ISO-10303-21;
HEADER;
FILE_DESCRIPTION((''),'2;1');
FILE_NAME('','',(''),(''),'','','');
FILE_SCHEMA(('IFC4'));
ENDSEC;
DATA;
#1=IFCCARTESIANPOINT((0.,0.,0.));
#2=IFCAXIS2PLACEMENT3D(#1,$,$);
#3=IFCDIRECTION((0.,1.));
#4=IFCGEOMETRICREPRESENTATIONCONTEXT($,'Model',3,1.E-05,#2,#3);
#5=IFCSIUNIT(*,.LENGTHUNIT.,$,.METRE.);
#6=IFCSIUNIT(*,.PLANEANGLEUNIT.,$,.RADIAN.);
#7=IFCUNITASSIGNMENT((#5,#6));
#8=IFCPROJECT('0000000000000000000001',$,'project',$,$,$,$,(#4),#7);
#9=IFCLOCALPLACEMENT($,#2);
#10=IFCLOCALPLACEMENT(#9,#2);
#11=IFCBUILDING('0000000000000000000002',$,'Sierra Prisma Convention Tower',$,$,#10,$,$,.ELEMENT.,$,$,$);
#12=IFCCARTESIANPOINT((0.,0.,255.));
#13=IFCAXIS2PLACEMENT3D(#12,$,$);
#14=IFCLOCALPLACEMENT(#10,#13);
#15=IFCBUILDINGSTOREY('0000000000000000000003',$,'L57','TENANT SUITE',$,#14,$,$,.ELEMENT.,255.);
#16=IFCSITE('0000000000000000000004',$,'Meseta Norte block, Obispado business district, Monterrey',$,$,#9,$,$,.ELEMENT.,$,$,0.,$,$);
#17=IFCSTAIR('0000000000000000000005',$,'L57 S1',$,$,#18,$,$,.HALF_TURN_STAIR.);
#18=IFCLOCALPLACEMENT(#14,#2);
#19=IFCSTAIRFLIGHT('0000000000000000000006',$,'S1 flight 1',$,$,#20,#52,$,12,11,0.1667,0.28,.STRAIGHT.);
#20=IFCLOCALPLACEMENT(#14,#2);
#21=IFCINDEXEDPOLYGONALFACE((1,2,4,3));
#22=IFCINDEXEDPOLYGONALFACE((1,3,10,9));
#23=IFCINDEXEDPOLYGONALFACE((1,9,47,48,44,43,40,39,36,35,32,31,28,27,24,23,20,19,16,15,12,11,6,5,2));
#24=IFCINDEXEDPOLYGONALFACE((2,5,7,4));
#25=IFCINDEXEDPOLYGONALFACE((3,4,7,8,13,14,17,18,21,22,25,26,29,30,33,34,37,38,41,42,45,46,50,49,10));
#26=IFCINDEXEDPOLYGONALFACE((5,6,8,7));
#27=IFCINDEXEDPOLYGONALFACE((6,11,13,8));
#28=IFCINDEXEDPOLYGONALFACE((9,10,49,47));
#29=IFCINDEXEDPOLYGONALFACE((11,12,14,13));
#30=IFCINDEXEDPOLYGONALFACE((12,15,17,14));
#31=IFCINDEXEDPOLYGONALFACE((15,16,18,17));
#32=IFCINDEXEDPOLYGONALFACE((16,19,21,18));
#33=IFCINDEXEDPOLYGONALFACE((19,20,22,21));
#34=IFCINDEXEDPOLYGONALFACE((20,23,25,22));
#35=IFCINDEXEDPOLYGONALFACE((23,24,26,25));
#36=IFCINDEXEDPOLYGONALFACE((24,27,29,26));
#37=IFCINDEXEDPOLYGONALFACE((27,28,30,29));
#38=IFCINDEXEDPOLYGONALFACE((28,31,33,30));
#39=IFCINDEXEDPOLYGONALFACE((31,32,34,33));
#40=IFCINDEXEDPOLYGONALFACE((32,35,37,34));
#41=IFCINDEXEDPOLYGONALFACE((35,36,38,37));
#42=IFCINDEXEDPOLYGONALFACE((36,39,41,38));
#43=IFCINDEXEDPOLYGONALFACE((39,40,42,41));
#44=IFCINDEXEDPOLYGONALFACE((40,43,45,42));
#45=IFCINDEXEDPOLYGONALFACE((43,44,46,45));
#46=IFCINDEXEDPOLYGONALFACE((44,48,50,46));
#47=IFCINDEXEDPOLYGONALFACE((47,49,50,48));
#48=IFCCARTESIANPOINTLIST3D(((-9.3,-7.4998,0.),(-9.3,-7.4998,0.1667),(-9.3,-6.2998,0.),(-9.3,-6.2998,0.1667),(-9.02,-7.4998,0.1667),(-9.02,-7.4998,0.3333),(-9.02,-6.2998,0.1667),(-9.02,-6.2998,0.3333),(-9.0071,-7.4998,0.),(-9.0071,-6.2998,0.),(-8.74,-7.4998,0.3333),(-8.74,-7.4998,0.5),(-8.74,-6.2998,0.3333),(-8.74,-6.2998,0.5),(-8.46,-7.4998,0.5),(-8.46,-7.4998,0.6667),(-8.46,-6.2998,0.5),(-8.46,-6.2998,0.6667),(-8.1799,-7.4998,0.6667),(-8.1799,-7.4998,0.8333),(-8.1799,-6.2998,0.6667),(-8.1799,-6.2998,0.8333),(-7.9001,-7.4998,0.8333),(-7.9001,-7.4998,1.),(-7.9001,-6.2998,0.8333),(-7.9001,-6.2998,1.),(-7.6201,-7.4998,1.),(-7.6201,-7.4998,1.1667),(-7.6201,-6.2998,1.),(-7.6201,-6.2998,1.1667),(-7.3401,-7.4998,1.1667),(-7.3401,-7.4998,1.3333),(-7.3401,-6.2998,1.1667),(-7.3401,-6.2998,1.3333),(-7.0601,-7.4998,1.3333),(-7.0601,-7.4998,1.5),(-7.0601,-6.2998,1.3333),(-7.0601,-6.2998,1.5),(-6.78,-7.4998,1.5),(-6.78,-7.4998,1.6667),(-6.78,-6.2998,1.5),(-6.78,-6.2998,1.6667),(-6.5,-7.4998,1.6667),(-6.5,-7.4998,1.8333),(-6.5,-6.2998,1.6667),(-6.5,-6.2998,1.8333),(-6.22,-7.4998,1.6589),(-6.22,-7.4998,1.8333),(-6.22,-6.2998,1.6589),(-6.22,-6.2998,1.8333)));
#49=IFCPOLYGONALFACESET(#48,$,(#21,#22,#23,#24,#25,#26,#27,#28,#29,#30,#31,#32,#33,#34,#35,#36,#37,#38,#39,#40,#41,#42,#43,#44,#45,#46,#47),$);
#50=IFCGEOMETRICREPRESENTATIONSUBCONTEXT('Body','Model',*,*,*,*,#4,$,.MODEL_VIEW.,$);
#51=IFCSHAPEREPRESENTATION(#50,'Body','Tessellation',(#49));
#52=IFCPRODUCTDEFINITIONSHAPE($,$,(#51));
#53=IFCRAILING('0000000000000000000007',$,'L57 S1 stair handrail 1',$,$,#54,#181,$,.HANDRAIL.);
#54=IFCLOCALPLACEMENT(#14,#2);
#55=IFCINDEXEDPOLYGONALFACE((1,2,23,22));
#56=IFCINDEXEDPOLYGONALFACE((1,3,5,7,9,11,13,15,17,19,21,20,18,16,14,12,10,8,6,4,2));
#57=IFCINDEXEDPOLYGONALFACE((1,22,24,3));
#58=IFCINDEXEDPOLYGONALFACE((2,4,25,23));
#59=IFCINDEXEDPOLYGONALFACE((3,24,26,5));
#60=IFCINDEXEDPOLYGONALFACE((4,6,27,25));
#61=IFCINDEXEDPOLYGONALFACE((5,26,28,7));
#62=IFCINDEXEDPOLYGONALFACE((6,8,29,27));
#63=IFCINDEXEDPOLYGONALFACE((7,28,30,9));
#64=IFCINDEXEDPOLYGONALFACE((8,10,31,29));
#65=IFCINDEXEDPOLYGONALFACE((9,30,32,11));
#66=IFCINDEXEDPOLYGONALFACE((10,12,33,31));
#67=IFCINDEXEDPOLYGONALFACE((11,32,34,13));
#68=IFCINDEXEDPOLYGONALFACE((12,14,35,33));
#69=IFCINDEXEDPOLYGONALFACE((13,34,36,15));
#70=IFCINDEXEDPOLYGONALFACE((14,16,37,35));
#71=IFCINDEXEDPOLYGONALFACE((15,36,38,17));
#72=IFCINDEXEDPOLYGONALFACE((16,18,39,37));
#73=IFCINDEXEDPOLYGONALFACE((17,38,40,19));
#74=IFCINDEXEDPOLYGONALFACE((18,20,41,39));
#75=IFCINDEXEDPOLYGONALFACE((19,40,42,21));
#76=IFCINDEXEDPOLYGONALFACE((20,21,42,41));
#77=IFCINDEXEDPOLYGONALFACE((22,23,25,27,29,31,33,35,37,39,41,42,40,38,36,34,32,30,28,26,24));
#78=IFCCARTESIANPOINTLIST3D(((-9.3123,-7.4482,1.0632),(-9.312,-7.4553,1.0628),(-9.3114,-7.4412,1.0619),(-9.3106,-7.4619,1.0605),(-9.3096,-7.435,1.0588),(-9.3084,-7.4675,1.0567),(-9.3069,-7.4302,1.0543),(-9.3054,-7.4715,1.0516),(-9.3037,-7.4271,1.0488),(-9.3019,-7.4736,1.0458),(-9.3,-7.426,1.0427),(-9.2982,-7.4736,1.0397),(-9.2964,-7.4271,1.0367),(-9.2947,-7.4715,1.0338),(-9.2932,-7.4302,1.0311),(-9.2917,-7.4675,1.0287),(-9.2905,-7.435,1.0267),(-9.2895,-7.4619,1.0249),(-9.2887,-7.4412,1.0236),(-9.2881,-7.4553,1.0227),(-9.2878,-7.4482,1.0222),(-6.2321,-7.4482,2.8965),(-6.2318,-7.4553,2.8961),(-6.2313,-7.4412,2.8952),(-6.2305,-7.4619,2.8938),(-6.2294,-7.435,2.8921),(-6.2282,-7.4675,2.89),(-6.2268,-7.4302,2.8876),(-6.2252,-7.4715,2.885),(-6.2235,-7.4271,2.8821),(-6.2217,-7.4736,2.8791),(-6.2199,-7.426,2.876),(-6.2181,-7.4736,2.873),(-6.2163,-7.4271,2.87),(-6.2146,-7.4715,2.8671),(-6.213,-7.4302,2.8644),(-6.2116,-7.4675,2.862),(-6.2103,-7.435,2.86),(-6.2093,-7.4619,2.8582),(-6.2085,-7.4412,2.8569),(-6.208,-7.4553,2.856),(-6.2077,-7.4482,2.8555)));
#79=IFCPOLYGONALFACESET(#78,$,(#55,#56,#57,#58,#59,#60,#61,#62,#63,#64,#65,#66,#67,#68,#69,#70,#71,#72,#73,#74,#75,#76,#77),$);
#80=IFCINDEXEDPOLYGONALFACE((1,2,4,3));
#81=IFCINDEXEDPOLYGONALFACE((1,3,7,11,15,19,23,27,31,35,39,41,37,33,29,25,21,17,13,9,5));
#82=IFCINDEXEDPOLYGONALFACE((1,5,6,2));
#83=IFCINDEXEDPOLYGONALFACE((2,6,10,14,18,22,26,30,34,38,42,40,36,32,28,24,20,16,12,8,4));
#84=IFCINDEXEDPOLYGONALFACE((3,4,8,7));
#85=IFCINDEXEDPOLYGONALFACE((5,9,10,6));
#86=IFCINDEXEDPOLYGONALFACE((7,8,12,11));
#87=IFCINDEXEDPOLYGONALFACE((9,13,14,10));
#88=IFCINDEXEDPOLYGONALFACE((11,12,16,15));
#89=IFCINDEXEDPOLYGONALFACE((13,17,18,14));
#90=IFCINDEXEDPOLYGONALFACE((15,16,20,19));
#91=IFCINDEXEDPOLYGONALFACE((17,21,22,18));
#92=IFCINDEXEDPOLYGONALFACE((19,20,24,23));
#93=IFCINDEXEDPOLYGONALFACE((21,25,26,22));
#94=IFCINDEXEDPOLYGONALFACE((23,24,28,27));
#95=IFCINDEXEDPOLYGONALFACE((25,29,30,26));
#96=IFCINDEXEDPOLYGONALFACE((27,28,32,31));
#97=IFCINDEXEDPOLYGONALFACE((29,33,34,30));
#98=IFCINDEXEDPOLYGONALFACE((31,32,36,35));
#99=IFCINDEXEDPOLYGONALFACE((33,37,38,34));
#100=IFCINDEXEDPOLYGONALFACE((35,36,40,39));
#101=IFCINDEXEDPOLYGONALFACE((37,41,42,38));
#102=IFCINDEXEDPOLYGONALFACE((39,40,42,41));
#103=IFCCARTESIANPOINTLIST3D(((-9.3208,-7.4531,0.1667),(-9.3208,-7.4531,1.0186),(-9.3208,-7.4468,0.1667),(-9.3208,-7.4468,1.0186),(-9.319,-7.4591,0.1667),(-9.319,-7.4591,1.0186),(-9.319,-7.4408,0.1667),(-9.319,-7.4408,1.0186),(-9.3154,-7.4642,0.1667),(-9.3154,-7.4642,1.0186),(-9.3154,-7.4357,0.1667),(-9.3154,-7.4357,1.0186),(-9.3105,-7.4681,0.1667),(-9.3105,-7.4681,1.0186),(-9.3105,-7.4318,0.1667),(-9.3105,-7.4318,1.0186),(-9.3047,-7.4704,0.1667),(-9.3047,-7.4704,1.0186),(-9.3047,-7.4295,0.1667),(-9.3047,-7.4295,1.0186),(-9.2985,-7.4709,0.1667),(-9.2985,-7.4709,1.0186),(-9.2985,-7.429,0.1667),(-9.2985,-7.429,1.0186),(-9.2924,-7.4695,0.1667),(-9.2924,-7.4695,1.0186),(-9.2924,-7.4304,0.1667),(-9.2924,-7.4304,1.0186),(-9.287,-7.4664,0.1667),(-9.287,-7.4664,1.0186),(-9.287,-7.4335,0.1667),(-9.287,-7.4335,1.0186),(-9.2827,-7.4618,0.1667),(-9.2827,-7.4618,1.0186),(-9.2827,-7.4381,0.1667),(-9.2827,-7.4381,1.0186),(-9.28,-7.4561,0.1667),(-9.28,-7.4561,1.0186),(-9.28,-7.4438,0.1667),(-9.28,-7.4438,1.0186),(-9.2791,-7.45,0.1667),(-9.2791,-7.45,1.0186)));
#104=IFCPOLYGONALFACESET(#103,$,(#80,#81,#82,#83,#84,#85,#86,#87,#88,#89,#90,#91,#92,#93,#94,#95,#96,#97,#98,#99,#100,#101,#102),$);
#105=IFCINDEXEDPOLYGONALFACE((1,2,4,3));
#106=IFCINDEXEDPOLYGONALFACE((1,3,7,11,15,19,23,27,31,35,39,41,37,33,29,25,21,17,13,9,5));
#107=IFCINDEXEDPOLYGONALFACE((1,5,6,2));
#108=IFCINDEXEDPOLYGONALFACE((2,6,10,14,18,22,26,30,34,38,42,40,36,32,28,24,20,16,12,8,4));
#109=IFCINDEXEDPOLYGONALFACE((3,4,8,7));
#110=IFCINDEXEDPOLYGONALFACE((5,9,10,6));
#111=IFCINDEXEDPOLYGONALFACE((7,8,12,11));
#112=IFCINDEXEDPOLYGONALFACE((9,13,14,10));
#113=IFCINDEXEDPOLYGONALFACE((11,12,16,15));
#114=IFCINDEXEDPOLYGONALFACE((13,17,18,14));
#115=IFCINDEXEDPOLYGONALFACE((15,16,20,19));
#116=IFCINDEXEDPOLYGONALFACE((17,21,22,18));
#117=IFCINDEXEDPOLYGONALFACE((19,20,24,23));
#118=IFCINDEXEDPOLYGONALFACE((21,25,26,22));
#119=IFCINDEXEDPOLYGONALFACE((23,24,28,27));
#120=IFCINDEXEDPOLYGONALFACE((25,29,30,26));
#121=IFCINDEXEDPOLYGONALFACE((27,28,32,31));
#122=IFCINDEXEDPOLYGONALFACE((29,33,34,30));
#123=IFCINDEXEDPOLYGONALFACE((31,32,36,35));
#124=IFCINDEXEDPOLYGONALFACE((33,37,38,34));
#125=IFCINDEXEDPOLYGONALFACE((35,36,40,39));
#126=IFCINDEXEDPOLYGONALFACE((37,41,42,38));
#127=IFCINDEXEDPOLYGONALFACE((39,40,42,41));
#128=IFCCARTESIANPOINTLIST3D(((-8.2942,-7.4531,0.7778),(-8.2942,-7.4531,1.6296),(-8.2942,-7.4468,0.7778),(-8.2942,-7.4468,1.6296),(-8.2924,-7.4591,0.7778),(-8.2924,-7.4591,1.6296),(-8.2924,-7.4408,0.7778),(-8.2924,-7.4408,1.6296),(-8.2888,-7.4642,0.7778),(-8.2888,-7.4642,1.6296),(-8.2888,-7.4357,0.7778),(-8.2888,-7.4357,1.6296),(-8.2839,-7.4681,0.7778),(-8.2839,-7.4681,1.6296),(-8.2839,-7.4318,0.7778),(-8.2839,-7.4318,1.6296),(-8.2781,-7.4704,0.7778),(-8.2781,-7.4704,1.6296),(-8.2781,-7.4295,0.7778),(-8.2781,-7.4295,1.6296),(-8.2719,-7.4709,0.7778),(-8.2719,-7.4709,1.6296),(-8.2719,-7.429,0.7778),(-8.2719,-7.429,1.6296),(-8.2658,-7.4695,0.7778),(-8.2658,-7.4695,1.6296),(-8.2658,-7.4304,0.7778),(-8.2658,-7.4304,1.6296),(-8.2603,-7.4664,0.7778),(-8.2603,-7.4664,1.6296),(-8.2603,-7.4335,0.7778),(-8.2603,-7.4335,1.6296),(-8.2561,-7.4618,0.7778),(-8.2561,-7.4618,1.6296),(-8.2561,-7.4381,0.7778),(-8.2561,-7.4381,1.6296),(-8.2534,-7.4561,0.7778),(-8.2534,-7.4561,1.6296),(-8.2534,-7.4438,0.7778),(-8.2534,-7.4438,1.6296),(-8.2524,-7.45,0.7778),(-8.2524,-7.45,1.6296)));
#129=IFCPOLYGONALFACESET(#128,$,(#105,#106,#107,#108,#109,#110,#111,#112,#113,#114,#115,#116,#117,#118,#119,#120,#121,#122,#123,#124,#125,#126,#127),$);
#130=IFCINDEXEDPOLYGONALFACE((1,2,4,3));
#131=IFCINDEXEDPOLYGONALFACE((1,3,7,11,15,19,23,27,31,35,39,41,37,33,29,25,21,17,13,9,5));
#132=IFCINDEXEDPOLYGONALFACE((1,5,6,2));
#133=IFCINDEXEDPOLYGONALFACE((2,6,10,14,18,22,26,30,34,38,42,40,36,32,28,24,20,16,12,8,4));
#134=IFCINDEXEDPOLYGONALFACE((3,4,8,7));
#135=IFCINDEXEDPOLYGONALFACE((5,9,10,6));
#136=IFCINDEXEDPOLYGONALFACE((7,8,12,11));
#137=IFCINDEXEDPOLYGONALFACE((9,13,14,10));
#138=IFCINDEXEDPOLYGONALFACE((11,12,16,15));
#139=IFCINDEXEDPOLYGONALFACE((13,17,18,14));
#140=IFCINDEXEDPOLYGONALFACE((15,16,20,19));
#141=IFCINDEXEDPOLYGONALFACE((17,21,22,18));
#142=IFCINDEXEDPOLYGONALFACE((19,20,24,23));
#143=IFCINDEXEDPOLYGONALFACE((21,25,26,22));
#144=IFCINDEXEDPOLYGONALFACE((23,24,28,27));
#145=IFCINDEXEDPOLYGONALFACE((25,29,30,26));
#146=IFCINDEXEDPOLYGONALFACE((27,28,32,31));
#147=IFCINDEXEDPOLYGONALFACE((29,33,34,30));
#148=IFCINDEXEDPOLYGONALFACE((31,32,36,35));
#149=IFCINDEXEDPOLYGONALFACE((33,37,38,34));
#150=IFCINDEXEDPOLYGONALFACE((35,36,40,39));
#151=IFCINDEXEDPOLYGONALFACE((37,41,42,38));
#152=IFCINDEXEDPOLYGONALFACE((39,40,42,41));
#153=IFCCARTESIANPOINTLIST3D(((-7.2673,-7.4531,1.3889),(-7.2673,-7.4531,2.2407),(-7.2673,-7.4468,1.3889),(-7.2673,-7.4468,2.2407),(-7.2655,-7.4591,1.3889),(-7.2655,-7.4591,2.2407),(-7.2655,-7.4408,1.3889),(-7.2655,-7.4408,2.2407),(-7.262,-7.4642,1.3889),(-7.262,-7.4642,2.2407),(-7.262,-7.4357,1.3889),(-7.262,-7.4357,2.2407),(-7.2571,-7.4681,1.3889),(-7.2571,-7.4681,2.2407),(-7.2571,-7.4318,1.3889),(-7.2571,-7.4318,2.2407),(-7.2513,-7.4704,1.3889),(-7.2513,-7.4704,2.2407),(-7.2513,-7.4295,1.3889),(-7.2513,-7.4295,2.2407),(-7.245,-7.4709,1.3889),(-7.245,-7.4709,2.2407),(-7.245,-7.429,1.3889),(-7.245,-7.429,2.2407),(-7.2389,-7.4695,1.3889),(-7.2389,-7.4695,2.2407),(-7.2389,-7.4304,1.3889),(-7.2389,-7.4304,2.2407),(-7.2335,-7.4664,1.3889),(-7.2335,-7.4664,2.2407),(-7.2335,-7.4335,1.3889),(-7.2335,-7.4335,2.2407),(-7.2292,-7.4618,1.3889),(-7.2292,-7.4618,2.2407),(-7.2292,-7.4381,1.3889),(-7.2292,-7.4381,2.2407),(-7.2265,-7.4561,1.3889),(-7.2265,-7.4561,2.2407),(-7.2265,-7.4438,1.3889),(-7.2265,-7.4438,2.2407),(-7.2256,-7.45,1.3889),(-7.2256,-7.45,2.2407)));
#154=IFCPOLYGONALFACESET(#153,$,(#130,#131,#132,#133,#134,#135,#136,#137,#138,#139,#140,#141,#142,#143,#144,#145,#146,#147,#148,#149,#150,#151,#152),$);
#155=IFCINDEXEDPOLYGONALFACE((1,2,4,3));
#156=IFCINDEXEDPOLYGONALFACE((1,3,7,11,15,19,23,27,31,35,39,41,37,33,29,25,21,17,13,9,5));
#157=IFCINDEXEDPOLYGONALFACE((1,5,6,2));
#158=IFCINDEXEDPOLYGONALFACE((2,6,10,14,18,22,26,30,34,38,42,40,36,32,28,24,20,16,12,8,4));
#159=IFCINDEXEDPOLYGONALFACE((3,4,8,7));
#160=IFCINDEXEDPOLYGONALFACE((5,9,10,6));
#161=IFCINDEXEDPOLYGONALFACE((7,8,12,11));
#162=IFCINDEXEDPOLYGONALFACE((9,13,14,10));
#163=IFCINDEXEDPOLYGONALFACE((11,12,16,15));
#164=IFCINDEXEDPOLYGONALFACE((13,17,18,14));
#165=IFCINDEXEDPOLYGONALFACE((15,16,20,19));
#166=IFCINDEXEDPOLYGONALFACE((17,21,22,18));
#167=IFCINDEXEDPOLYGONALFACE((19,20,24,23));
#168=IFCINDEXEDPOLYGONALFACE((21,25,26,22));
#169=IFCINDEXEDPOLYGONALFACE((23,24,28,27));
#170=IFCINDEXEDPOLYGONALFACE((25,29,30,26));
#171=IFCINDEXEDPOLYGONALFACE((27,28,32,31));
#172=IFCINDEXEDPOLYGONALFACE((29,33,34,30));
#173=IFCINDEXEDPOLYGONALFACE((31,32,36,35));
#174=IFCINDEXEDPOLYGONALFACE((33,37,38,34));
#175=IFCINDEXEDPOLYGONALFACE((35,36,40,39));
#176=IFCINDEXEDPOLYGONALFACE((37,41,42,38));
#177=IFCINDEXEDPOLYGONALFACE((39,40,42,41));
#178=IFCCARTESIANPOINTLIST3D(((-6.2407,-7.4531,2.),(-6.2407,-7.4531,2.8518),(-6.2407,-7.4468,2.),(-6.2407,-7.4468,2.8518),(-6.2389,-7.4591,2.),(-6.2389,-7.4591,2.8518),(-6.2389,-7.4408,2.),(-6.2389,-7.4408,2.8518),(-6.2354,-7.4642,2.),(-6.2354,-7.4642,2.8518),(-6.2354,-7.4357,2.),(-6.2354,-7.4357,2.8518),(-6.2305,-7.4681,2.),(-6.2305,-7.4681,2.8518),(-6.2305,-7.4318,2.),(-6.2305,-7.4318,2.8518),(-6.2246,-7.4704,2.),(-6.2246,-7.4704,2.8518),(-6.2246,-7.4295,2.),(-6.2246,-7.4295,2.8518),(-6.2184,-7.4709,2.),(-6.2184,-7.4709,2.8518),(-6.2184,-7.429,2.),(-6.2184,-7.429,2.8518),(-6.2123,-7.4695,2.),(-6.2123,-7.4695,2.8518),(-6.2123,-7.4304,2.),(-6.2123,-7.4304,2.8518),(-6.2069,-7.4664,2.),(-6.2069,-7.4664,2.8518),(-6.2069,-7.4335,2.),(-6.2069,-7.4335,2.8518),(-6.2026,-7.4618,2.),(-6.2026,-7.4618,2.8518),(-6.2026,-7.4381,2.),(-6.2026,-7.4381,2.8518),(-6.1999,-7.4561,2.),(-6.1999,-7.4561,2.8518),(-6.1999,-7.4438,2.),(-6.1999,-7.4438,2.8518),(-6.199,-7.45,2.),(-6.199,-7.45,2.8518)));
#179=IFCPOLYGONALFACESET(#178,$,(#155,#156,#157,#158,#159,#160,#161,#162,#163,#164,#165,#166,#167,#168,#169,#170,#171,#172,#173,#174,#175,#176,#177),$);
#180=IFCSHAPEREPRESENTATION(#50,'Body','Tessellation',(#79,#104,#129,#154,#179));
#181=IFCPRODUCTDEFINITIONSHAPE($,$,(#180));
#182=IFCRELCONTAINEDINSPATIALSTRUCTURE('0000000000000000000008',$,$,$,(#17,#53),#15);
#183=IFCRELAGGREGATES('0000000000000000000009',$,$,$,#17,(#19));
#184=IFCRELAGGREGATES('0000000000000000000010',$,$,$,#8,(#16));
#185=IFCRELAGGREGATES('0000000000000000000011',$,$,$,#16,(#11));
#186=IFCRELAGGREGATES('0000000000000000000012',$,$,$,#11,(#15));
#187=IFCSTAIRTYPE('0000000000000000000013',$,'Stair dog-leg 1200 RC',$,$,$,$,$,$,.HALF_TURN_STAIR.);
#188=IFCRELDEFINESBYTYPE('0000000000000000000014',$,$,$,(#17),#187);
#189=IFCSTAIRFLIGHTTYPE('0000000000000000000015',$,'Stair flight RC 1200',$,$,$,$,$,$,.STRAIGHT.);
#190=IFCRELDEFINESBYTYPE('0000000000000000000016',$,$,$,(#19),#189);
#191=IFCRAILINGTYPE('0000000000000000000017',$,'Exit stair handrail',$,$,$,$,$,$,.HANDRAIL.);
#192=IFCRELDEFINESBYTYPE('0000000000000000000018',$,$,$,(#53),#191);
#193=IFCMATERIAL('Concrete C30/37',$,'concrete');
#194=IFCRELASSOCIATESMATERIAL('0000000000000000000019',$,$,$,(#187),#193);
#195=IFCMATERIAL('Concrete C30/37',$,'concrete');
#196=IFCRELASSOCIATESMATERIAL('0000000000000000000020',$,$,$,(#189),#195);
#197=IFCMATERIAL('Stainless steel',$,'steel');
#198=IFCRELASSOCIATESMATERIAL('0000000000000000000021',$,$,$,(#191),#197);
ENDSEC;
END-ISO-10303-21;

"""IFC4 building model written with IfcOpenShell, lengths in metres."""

from ifc_helpers import new_model, si_unit, direction, frame, origin, origin_2d, place, context, subcontext, project, spatial, polyline, circle, outline, extrude, material, type_object, element, aggregate, save


model = new_model("IFC4")

# Units and contexts
model_context = context("Model", 3, precision=1e-05, world=origin(), true_north=direction((0.0, 1.0)))
body_context = subcontext(model_context, "Body", "Model", "MODEL_VIEW")
ifc_project = project(units=[si_unit("LENGTHUNIT", "METRE"), si_unit("PLANEANGLEUNIT", "RADIAN")], contexts=[model_context])

# Site, building, storey
site_placement = place(None, origin())
site = spatial("IfcSite", under=ifc_project, at=site_placement, Name="Meseta Norte block, Obispado business district, Monterrey", CompositionType="ELEMENT", RefElevation=0.0)
building_placement = place(site_placement, origin())
building = spatial("IfcBuilding", under=site, at=building_placement, Name="Sierra Prisma Convention Tower", CompositionType="ELEMENT")
storey_placement = place(building_placement, frame((0.0, 0.0, 255.0)))
storey = spatial("IfcBuildingStorey", under=building, at=storey_placement, Name="L57", Description="TENANT SUITE", CompositionType="ELEMENT", Elevation=255.0)

# Stair, stair flight
ifc_material_1 = material(Name="Concrete C30/37", Category="concrete")
stair_type = type_object("IfcStairType", Name="Stair dog-leg 1200 RC", PredefinedType="HALF_TURN_STAIR", material=ifc_material_1)
stair_placement = place(storey_placement, origin())
stair = element("IfcStair", 1, at=stair_placement, inside=storey, type_object=stair_type, Name="L57 S1", PredefinedType="HALF_TURN_STAIR")
ifc_material_2 = material(Name="Concrete C30/37", Category="concrete")
stair_flight_type = type_object("IfcStairFlightType", Name="Stair flight RC 1200", PredefinedType="STRAIGHT", material=ifc_material_2)
stair_flight_placement = place(storey_placement, frame((-9.3, -6.8999, 0.0), z_axis=(0.0, 0.0, 1.0), x_axis=(1.0, 0.0, 0.0)))
stair_flight = element("IfcStairFlight", 2, at=stair_flight_placement, type_object=stair_flight_type, Name="S1 flight 1", NumberOfRisers=12, NumberOfTreads=11, PredefinedType="STRAIGHT", RiserHeight=0.1667, TreadLength=0.28, context=body_context, shape_type="SweptSolid", body=[
    extrude(outline(polyline([(0.0, 0.0), (0.0, 0.1667), (0.28, 0.1667), (0.28, 0.3333), (0.5601, 0.3333), (0.5601, 0.5), (0.8401, 0.5), (0.8401, 0.6667), (1.1201, 0.6667), (1.1201, 0.8333), (1.3999, 0.8333), (1.3999, 1.0), (1.6799, 1.0), (1.6799, 1.1667), (1.96, 1.1667), (1.96, 1.3333), (2.24, 1.3333), (2.24, 1.5), (2.52, 1.5), (2.52, 1.6667), (2.8, 1.6667), (2.8, 1.8333), (3.0801, 1.8333), (3.0801, 2.0), (3.0801, 1.6589), (0.293, 0.0), (0.0, 0.0)])), frame((0.0, 0.6001, 0.0), z_axis=(0.0, -1.0, 0.0), x_axis=(1.0, 0.0, 0.0)), (0.0, 0.0, 1.0), 1.2),
])
aggregate(stair, [stair_flight])

# Railing
ifc_material_3 = material(Name="Stainless steel", Category="steel")
railing_type_1 = type_object("IfcRailingType", Name="Exit stair handrail", PredefinedType="HANDRAIL", material=ifc_material_3)
railing_1_placement = place(storey_placement, frame((-9.3, -7.45, 0.1667)))
element("IfcRailing", 3, at=railing_1_placement, inside=storey, type_object=railing_type_1, Name="L57 S1 stair handrail 1", PredefinedType="HANDRAIL", context=body_context, shape_type="SweptSolid", body=[
    extrude(circle(Radius=0.0239, at=origin_2d()), frame((0.0, 0.0, 0.876), z_axis=(0.859309, 0.0, 0.511458), x_axis=(0.0, 1.0, 0.0)), (0.0, 0.0, 1.0), 3.5845),
    extrude(circle(Radius=0.021, at=origin_2d()), origin(), (0.0, 0.0, 1.0), 0.8518),
    extrude(circle(Radius=0.021, at=origin_2d()), frame((1.0266, 0.0, 0.6111)), (0.0, 0.0, 1.0), 0.8518),
    extrude(circle(Radius=0.021, at=origin_2d()), frame((2.0535, 0.0, 1.2222)), (0.0, 0.0, 1.0), 0.8518),
    extrude(circle(Radius=0.021, at=origin_2d()), frame((3.0801, 0.0, 1.8333)), (0.0, 0.0, 1.0), 0.8518),
])

save(model, "model.ifc")
